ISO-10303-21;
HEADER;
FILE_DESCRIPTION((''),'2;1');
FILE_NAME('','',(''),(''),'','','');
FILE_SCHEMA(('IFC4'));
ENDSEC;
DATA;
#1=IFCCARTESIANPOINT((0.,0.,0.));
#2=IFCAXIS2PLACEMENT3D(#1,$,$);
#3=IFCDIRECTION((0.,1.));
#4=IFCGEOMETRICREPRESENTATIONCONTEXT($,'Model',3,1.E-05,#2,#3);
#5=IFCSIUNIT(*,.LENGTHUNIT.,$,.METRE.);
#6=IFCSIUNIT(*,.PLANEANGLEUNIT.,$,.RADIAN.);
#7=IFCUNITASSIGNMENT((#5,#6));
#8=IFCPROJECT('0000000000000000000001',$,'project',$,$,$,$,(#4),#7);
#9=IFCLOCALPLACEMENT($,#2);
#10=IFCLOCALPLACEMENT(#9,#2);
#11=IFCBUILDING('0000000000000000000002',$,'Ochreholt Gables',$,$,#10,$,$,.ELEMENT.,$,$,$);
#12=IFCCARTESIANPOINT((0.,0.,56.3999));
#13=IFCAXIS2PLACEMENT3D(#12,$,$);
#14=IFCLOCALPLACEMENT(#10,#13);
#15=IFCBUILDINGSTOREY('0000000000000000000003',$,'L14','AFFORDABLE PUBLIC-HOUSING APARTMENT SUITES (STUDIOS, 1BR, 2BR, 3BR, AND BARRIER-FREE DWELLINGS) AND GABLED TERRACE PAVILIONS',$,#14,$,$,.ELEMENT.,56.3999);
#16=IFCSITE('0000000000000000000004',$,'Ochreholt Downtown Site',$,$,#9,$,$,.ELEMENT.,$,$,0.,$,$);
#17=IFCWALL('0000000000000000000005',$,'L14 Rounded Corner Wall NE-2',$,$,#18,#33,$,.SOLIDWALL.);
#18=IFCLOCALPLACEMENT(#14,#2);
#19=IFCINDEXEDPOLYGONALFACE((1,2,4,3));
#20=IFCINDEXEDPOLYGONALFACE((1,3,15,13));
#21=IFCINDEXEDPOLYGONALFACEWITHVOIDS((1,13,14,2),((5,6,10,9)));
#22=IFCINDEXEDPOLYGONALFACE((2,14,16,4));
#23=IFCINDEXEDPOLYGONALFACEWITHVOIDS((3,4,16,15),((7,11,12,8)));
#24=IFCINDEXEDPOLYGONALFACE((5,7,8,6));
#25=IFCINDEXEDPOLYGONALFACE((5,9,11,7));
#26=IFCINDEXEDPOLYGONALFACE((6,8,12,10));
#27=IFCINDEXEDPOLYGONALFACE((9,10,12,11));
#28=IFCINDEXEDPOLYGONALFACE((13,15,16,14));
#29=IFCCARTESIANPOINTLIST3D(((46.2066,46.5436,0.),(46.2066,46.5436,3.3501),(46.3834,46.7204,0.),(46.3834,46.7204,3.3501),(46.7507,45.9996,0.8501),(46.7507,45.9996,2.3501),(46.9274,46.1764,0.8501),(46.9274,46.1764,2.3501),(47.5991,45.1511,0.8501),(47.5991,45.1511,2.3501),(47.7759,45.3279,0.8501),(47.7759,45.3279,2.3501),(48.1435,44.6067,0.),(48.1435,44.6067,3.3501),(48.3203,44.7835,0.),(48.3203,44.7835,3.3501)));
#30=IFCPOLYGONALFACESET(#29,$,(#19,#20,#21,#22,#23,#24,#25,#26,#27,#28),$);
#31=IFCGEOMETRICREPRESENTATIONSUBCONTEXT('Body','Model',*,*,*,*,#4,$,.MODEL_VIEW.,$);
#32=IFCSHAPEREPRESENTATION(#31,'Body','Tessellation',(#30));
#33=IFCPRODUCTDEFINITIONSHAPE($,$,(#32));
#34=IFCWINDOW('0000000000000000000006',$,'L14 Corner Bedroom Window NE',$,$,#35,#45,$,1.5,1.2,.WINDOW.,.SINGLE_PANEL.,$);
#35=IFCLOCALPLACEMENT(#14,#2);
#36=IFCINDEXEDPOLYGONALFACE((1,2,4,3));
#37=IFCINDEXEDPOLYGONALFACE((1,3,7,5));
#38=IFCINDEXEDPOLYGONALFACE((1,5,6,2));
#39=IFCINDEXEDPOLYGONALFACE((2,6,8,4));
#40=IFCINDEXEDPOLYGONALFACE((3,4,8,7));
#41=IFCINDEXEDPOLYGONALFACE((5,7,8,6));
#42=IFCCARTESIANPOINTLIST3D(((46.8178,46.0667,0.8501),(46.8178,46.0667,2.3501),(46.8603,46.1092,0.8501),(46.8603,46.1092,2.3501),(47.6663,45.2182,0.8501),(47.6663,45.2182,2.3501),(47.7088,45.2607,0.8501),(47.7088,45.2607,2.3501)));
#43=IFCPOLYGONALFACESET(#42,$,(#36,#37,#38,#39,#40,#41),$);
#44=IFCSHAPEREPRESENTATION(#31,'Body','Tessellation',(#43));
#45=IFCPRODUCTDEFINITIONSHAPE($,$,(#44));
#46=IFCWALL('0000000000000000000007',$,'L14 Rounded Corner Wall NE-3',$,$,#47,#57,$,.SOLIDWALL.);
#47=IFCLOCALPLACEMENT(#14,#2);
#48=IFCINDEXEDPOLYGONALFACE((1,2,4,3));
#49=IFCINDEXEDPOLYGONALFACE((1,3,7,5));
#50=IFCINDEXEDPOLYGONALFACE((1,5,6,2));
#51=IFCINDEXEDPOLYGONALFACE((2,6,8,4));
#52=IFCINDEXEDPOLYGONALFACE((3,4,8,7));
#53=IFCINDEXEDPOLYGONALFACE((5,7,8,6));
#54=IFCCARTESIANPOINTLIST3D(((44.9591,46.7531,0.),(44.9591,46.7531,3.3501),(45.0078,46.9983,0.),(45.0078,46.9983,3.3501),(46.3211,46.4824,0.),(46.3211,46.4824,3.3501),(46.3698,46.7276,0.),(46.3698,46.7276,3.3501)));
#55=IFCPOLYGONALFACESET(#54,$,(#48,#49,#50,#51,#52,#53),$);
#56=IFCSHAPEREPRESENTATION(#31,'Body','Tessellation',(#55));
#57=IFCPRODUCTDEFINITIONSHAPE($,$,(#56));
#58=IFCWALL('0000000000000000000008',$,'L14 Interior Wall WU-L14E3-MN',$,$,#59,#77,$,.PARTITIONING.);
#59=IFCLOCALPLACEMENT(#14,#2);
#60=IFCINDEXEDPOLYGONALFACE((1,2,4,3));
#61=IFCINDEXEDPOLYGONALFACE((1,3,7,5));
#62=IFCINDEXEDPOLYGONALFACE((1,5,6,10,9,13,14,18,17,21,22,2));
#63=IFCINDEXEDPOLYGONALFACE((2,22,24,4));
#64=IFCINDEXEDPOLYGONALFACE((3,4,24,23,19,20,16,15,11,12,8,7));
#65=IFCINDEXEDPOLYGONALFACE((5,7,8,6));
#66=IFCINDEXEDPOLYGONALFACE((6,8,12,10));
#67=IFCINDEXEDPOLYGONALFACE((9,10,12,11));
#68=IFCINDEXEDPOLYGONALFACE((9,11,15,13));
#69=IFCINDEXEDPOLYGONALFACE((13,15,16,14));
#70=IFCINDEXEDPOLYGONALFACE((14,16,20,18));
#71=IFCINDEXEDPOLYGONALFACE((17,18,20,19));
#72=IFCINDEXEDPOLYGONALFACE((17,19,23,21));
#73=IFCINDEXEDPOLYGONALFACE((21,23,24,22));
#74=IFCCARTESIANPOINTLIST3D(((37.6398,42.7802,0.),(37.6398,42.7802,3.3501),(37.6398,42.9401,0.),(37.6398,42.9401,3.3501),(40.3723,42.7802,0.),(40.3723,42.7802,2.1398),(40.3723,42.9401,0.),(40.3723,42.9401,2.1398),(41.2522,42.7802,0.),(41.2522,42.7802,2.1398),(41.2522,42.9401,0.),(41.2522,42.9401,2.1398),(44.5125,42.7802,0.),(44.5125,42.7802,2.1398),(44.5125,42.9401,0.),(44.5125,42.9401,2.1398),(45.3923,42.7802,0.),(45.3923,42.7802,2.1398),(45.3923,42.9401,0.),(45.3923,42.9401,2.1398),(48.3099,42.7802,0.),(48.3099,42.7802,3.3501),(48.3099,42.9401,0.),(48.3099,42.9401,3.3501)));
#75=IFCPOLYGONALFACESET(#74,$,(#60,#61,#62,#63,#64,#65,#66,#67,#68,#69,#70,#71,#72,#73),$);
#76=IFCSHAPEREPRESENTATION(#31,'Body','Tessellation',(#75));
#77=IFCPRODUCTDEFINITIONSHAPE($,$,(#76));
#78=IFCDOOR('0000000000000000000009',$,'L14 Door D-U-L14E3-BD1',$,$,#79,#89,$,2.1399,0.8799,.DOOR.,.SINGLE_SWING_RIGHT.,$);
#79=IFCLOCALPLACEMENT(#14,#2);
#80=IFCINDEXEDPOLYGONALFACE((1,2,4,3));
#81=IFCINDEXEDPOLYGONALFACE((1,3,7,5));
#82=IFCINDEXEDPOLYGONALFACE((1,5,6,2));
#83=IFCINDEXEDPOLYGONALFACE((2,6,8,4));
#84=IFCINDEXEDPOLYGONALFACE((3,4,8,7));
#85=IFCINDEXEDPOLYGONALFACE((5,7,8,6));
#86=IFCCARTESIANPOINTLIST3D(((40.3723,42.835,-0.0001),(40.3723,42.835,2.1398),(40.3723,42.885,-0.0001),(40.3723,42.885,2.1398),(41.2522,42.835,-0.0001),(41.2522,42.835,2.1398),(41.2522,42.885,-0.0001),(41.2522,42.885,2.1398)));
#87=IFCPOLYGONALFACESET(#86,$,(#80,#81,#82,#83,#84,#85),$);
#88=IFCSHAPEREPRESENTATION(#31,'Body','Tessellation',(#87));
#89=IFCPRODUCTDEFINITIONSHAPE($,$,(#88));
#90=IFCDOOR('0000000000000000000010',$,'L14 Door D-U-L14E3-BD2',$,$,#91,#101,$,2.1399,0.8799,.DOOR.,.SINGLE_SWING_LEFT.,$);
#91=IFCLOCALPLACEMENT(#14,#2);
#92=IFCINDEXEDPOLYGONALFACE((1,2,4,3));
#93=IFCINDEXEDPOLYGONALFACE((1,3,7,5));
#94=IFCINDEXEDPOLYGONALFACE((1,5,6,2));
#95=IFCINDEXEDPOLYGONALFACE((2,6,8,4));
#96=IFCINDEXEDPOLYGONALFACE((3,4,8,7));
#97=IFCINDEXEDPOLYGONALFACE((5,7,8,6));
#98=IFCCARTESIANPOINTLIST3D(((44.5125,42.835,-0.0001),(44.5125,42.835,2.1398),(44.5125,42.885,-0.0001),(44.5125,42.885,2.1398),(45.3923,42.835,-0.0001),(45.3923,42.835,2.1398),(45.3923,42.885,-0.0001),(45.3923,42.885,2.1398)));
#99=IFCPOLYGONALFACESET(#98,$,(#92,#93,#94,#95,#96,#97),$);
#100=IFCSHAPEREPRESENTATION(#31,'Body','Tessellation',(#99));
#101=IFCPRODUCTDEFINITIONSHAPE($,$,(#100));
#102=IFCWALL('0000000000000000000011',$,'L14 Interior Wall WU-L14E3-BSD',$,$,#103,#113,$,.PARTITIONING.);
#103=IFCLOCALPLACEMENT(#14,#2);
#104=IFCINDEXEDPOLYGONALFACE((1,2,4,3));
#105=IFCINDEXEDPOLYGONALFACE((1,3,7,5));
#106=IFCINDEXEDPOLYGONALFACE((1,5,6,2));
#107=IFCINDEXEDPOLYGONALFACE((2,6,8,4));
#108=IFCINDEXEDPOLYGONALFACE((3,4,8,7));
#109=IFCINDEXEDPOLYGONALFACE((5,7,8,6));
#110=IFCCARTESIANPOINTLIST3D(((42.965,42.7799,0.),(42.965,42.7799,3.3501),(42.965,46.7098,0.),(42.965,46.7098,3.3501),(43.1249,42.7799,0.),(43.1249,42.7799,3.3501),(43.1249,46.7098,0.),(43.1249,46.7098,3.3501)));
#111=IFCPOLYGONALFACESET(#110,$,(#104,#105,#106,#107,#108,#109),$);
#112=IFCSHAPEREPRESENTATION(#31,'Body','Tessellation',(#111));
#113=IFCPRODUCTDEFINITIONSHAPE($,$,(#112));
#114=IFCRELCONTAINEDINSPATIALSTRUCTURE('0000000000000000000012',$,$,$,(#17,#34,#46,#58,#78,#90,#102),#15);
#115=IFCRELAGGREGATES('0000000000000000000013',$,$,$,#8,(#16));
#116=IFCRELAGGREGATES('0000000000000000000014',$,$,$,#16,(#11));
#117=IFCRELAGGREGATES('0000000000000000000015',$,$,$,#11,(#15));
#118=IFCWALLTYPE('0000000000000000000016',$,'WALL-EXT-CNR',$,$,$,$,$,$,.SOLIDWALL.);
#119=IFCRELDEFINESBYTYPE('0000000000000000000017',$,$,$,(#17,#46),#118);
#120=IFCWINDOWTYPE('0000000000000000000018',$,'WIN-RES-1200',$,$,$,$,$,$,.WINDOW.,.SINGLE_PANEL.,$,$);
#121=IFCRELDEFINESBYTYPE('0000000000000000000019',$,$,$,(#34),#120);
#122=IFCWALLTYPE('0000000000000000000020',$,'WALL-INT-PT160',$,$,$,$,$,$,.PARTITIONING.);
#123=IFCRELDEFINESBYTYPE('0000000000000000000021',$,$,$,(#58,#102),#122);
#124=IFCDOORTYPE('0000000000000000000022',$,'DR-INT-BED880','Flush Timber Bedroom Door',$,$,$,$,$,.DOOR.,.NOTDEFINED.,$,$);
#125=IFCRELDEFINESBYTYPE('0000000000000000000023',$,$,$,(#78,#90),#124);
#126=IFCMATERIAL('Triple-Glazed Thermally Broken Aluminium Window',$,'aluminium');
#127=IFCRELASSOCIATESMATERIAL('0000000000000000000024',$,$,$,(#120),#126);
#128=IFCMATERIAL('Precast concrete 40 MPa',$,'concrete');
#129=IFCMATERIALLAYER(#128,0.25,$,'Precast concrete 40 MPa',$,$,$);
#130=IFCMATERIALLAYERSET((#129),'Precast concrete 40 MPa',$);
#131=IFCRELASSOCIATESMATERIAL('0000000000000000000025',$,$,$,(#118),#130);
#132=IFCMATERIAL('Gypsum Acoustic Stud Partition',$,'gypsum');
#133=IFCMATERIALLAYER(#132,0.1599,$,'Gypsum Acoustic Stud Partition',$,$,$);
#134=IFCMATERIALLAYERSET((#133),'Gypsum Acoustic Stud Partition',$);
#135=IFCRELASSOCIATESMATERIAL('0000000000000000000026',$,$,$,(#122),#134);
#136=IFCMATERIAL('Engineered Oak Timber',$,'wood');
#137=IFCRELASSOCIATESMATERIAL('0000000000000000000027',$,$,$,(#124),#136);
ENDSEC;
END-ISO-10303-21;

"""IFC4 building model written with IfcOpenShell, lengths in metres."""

from ifc_helpers import new_model, si_unit, direction, frame, frame_2d, origin, place, context, subcontext, project, spatial, rectangle, extrude, material, layer, layer_set, type_object, element, fill, save


model = new_model("IFC4")

# Units and contexts
model_context = context("Model", 3, precision=1e-05, world=origin(), true_north=direction((0.0, 1.0)))
body_context = subcontext(model_context, "Body", "Model", "MODEL_VIEW")
ifc_project = project(units=[si_unit("LENGTHUNIT", "METRE"), si_unit("PLANEANGLEUNIT", "RADIAN")], contexts=[model_context])

# Site, building, storey
site_placement = place(None, origin())
site = spatial("IfcSite", under=ifc_project, at=site_placement, Name="Ochreholt Downtown Site", CompositionType="ELEMENT", RefElevation=0.0)
building_placement = place(site_placement, origin())
building = spatial("IfcBuilding", under=site, at=building_placement, Name="Ochreholt Gables", CompositionType="ELEMENT")
storey_placement = place(building_placement, frame((0.0, 0.0, 56.3999)))
storey = spatial("IfcBuildingStorey", under=building, at=storey_placement, Name="L14", Description="AFFORDABLE PUBLIC-HOUSING APARTMENT SUITES (STUDIOS, 1BR, 2BR, 3BR, AND BARRIER-FREE DWELLINGS) AND GABLED TERRACE PAVILIONS", CompositionType="ELEMENT", Elevation=56.3999)

# Shared definitions
ifc_material_1 = material(Name="Precast concrete 40 MPa", Category="concrete")
ifc_material_2 = material(Name="Triple-Glazed Thermally Broken Aluminium Window", Category="aluminium")
window_type = type_object("IfcWindowType", Name="WIN-RES-1200", PartitioningType="SINGLE_PANEL", PredefinedType="WINDOW", material=ifc_material_2)

# Shared definitions
ifc_layer_1 = layer(ifc_material_1, 0.25, Name="Precast concrete 40 MPa")
ifc_layer_set_1 = layer_set([ifc_layer_1], Name="Precast concrete 40 MPa")
wall_type_1 = type_object("IfcWallType", Name="WALL-EXT-CNR", PredefinedType="SOLIDWALL", material=ifc_layer_set_1)

# Wall, opening, window
wall_1_placement = place(storey_placement, frame((48.2319, 44.6951, 0.0), z_axis=(0.0, 0.0, 1.0), x_axis=(-0.707107, 0.707107, 0.0)))
wall_1 = element("IfcWall", 1, at=wall_1_placement, inside=storey, type_object=wall_type_1, Name="L14 Rounded Corner Wall NE-2", PredefinedType="SOLIDWALL", context=body_context, shape_type="SweptSolid", body=[
    extrude(rectangle(XDim=2.7393, YDim=0.25, at=frame_2d((1.3696, 0.0))), origin(), (0.0, 0.0, 1.0), 3.3501),
])
opening_1_placement = place(wall_1_placement, frame((0.7698, 0.0, 0.8501)))
opening_1 = element("IfcOpeningElement", 2, at=opening_1_placement, cuts=wall_1, PredefinedType="OPENING", context=body_context, shape_type="SweptSolid", body=[
    extrude(rectangle(XDim=1.2, YDim=1.5, at=frame_2d((0.6001, 0.75))), frame((0.0, 0.135, 0.0), z_axis=(0.0, -1.0, 0.0), x_axis=(1.0, 0.0, 0.0)), (0.0, 0.0, 1.0), 0.27),
])
window_1_placement = place(opening_1_placement, origin())
window_1 = element("IfcWindow", 3, at=window_1_placement, inside=storey, type_object=window_type, Name="L14 Corner Bedroom Window NE", OverallHeight=1.5, OverallWidth=1.2, PartitioningType="SINGLE_PANEL", PredefinedType="WINDOW", context=body_context, shape_type="SweptSolid", body=[
    extrude(rectangle(XDim=1.2, YDim=1.5, at=frame_2d((0.6001, 0.75))), frame((0.0, 0.03, 0.0), z_axis=(0.0, -1.0, 0.0), x_axis=(1.0, 0.0, 0.0)), (0.0, 0.0, 1.0), 0.0601),
])
fill(opening_1, window_1)

# Wall
wall_2_placement = place(storey_placement, frame((46.3455, 46.605, 0.0), z_axis=(0.0, 0.0, 1.0), x_axis=(-0.98081, 0.194967, 0.0)))
element("IfcWall", 4, at=wall_2_placement, inside=storey, type_object=wall_type_1, Name="L14 Rounded Corner Wall NE-3", PredefinedType="SOLIDWALL", context=body_context, shape_type="SweptSolid", body=[
    extrude(rectangle(XDim=1.3887, YDim=0.25, at=frame_2d((0.6943, 0.0))), origin(), (0.0, 0.0, 1.0), 3.3501),
])

# Wall, openings, doors
ifc_material_3 = material(Name="Gypsum Acoustic Stud Partition", Category="gypsum")
ifc_layer_2 = layer(ifc_material_3, 0.1599, Name="Gypsum Acoustic Stud Partition")
ifc_layer_set_2 = layer_set([ifc_layer_2], Name="Gypsum Acoustic Stud Partition")
wall_type_2 = type_object("IfcWallType", Name="WALL-INT-PT160", PredefinedType="PARTITIONING", material=ifc_layer_set_2)
wall_3_placement = place(storey_placement, frame((37.6399, 42.8601, 0.0), z_axis=(0.0, 0.0, 1.0), x_axis=(1.0, 0.0, 0.0)))
wall_3 = element("IfcWall", 5, at=wall_3_placement, inside=storey, type_object=wall_type_2, Name="L14 Interior Wall WU-L14E3-MN", PredefinedType="PARTITIONING", context=body_context, shape_type="SweptSolid", body=[
    extrude(rectangle(XDim=10.6702, YDim=0.1599, at=frame_2d((5.335, 0.0))), origin(), (0.0, 0.0, 1.0), 3.3501),
])
opening_2_placement = place(wall_3_placement, frame((2.7324, 0.0, 0.0)))
opening_2 = element("IfcOpeningElement", 6, at=opening_2_placement, cuts=wall_3, PredefinedType="OPENING", context=body_context, shape_type="SweptSolid", body=[
    extrude(rectangle(XDim=0.8799, YDim=2.1399, at=frame_2d((0.4399, 1.0698))), frame((0.0, 0.0898, 0.0), z_axis=(0.0, -1.0, 0.0), x_axis=(1.0, 0.0, 0.0)), (0.0, 0.0, 1.0), 0.1799),
])
opening_3_placement = place(wall_3_placement, frame((6.8726, 0.0, 0.0)))
opening_3 = element("IfcOpeningElement", 7, at=opening_3_placement, cuts=wall_3, PredefinedType="OPENING", context=body_context, shape_type="SweptSolid", body=[
    extrude(rectangle(XDim=0.8799, YDim=2.1399, at=frame_2d((0.4399, 1.0698))), frame((0.0, 0.0898, 0.0), z_axis=(0.0, -1.0, 0.0), x_axis=(1.0, 0.0, 0.0)), (0.0, 0.0, 1.0), 0.1799),
])
ifc_material_4 = material(Name="Engineered Oak Timber", Category="wood")
door_type = type_object("IfcDoorType", Name="DR-INT-BED880", Description="Flush Timber Bedroom Door", OperationType="NOTDEFINED", PredefinedType="DOOR", material=ifc_material_4)
door_1_placement = place(opening_2_placement, origin())
door_1 = element("IfcDoor", 8, at=door_1_placement, inside=storey, type_object=door_type, Name="L14 Door D-U-L14E3-BD1", OperationType="SINGLE_SWING_RIGHT", OverallHeight=2.1399, OverallWidth=0.8799, PredefinedType="DOOR", context=body_context, shape_type="SweptSolid", body=[
    extrude(rectangle(XDim=0.8799, YDim=2.1399, at=frame_2d((0.4399, 1.0698))), frame((0.0, 0.0249, 0.0), z_axis=(0.0, -1.0, 0.0), x_axis=(1.0, 0.0, 0.0)), (0.0, 0.0, 1.0), 0.05),
])
fill(opening_2, door_1)
door_2_placement = place(opening_3_placement, origin())
door_2 = element("IfcDoor", 9, at=door_2_placement, inside=storey, type_object=door_type, Name="L14 Door D-U-L14E3-BD2", OperationType="SINGLE_SWING_LEFT", OverallHeight=2.1399, OverallWidth=0.8799, PredefinedType="DOOR", context=body_context, shape_type="SweptSolid", body=[
    extrude(rectangle(XDim=0.8799, YDim=2.1399, at=frame_2d((0.4399, 1.0698))), frame((0.0, 0.0249, 0.0), z_axis=(0.0, -1.0, 0.0), x_axis=(1.0, 0.0, 0.0)), (0.0, 0.0, 1.0), 0.05),
])
fill(opening_3, door_2)

# Wall
wall_4_placement = place(storey_placement, frame((43.0449, 42.78, 0.0), z_axis=(0.0, 0.0, 1.0), x_axis=(0.0, 1.0, 0.0)))
element("IfcWall", 10, at=wall_4_placement, inside=storey, type_object=wall_type_2, Name="L14 Interior Wall WU-L14E3-BSD", PredefinedType="PARTITIONING", context=body_context, shape_type="SweptSolid", body=[
    extrude(rectangle(XDim=3.9299, YDim=0.1599, at=frame_2d((1.9648, 0.0))), origin(), (0.0, 0.0, 1.0), 3.3501),
])

save(model, "model.ifc")
